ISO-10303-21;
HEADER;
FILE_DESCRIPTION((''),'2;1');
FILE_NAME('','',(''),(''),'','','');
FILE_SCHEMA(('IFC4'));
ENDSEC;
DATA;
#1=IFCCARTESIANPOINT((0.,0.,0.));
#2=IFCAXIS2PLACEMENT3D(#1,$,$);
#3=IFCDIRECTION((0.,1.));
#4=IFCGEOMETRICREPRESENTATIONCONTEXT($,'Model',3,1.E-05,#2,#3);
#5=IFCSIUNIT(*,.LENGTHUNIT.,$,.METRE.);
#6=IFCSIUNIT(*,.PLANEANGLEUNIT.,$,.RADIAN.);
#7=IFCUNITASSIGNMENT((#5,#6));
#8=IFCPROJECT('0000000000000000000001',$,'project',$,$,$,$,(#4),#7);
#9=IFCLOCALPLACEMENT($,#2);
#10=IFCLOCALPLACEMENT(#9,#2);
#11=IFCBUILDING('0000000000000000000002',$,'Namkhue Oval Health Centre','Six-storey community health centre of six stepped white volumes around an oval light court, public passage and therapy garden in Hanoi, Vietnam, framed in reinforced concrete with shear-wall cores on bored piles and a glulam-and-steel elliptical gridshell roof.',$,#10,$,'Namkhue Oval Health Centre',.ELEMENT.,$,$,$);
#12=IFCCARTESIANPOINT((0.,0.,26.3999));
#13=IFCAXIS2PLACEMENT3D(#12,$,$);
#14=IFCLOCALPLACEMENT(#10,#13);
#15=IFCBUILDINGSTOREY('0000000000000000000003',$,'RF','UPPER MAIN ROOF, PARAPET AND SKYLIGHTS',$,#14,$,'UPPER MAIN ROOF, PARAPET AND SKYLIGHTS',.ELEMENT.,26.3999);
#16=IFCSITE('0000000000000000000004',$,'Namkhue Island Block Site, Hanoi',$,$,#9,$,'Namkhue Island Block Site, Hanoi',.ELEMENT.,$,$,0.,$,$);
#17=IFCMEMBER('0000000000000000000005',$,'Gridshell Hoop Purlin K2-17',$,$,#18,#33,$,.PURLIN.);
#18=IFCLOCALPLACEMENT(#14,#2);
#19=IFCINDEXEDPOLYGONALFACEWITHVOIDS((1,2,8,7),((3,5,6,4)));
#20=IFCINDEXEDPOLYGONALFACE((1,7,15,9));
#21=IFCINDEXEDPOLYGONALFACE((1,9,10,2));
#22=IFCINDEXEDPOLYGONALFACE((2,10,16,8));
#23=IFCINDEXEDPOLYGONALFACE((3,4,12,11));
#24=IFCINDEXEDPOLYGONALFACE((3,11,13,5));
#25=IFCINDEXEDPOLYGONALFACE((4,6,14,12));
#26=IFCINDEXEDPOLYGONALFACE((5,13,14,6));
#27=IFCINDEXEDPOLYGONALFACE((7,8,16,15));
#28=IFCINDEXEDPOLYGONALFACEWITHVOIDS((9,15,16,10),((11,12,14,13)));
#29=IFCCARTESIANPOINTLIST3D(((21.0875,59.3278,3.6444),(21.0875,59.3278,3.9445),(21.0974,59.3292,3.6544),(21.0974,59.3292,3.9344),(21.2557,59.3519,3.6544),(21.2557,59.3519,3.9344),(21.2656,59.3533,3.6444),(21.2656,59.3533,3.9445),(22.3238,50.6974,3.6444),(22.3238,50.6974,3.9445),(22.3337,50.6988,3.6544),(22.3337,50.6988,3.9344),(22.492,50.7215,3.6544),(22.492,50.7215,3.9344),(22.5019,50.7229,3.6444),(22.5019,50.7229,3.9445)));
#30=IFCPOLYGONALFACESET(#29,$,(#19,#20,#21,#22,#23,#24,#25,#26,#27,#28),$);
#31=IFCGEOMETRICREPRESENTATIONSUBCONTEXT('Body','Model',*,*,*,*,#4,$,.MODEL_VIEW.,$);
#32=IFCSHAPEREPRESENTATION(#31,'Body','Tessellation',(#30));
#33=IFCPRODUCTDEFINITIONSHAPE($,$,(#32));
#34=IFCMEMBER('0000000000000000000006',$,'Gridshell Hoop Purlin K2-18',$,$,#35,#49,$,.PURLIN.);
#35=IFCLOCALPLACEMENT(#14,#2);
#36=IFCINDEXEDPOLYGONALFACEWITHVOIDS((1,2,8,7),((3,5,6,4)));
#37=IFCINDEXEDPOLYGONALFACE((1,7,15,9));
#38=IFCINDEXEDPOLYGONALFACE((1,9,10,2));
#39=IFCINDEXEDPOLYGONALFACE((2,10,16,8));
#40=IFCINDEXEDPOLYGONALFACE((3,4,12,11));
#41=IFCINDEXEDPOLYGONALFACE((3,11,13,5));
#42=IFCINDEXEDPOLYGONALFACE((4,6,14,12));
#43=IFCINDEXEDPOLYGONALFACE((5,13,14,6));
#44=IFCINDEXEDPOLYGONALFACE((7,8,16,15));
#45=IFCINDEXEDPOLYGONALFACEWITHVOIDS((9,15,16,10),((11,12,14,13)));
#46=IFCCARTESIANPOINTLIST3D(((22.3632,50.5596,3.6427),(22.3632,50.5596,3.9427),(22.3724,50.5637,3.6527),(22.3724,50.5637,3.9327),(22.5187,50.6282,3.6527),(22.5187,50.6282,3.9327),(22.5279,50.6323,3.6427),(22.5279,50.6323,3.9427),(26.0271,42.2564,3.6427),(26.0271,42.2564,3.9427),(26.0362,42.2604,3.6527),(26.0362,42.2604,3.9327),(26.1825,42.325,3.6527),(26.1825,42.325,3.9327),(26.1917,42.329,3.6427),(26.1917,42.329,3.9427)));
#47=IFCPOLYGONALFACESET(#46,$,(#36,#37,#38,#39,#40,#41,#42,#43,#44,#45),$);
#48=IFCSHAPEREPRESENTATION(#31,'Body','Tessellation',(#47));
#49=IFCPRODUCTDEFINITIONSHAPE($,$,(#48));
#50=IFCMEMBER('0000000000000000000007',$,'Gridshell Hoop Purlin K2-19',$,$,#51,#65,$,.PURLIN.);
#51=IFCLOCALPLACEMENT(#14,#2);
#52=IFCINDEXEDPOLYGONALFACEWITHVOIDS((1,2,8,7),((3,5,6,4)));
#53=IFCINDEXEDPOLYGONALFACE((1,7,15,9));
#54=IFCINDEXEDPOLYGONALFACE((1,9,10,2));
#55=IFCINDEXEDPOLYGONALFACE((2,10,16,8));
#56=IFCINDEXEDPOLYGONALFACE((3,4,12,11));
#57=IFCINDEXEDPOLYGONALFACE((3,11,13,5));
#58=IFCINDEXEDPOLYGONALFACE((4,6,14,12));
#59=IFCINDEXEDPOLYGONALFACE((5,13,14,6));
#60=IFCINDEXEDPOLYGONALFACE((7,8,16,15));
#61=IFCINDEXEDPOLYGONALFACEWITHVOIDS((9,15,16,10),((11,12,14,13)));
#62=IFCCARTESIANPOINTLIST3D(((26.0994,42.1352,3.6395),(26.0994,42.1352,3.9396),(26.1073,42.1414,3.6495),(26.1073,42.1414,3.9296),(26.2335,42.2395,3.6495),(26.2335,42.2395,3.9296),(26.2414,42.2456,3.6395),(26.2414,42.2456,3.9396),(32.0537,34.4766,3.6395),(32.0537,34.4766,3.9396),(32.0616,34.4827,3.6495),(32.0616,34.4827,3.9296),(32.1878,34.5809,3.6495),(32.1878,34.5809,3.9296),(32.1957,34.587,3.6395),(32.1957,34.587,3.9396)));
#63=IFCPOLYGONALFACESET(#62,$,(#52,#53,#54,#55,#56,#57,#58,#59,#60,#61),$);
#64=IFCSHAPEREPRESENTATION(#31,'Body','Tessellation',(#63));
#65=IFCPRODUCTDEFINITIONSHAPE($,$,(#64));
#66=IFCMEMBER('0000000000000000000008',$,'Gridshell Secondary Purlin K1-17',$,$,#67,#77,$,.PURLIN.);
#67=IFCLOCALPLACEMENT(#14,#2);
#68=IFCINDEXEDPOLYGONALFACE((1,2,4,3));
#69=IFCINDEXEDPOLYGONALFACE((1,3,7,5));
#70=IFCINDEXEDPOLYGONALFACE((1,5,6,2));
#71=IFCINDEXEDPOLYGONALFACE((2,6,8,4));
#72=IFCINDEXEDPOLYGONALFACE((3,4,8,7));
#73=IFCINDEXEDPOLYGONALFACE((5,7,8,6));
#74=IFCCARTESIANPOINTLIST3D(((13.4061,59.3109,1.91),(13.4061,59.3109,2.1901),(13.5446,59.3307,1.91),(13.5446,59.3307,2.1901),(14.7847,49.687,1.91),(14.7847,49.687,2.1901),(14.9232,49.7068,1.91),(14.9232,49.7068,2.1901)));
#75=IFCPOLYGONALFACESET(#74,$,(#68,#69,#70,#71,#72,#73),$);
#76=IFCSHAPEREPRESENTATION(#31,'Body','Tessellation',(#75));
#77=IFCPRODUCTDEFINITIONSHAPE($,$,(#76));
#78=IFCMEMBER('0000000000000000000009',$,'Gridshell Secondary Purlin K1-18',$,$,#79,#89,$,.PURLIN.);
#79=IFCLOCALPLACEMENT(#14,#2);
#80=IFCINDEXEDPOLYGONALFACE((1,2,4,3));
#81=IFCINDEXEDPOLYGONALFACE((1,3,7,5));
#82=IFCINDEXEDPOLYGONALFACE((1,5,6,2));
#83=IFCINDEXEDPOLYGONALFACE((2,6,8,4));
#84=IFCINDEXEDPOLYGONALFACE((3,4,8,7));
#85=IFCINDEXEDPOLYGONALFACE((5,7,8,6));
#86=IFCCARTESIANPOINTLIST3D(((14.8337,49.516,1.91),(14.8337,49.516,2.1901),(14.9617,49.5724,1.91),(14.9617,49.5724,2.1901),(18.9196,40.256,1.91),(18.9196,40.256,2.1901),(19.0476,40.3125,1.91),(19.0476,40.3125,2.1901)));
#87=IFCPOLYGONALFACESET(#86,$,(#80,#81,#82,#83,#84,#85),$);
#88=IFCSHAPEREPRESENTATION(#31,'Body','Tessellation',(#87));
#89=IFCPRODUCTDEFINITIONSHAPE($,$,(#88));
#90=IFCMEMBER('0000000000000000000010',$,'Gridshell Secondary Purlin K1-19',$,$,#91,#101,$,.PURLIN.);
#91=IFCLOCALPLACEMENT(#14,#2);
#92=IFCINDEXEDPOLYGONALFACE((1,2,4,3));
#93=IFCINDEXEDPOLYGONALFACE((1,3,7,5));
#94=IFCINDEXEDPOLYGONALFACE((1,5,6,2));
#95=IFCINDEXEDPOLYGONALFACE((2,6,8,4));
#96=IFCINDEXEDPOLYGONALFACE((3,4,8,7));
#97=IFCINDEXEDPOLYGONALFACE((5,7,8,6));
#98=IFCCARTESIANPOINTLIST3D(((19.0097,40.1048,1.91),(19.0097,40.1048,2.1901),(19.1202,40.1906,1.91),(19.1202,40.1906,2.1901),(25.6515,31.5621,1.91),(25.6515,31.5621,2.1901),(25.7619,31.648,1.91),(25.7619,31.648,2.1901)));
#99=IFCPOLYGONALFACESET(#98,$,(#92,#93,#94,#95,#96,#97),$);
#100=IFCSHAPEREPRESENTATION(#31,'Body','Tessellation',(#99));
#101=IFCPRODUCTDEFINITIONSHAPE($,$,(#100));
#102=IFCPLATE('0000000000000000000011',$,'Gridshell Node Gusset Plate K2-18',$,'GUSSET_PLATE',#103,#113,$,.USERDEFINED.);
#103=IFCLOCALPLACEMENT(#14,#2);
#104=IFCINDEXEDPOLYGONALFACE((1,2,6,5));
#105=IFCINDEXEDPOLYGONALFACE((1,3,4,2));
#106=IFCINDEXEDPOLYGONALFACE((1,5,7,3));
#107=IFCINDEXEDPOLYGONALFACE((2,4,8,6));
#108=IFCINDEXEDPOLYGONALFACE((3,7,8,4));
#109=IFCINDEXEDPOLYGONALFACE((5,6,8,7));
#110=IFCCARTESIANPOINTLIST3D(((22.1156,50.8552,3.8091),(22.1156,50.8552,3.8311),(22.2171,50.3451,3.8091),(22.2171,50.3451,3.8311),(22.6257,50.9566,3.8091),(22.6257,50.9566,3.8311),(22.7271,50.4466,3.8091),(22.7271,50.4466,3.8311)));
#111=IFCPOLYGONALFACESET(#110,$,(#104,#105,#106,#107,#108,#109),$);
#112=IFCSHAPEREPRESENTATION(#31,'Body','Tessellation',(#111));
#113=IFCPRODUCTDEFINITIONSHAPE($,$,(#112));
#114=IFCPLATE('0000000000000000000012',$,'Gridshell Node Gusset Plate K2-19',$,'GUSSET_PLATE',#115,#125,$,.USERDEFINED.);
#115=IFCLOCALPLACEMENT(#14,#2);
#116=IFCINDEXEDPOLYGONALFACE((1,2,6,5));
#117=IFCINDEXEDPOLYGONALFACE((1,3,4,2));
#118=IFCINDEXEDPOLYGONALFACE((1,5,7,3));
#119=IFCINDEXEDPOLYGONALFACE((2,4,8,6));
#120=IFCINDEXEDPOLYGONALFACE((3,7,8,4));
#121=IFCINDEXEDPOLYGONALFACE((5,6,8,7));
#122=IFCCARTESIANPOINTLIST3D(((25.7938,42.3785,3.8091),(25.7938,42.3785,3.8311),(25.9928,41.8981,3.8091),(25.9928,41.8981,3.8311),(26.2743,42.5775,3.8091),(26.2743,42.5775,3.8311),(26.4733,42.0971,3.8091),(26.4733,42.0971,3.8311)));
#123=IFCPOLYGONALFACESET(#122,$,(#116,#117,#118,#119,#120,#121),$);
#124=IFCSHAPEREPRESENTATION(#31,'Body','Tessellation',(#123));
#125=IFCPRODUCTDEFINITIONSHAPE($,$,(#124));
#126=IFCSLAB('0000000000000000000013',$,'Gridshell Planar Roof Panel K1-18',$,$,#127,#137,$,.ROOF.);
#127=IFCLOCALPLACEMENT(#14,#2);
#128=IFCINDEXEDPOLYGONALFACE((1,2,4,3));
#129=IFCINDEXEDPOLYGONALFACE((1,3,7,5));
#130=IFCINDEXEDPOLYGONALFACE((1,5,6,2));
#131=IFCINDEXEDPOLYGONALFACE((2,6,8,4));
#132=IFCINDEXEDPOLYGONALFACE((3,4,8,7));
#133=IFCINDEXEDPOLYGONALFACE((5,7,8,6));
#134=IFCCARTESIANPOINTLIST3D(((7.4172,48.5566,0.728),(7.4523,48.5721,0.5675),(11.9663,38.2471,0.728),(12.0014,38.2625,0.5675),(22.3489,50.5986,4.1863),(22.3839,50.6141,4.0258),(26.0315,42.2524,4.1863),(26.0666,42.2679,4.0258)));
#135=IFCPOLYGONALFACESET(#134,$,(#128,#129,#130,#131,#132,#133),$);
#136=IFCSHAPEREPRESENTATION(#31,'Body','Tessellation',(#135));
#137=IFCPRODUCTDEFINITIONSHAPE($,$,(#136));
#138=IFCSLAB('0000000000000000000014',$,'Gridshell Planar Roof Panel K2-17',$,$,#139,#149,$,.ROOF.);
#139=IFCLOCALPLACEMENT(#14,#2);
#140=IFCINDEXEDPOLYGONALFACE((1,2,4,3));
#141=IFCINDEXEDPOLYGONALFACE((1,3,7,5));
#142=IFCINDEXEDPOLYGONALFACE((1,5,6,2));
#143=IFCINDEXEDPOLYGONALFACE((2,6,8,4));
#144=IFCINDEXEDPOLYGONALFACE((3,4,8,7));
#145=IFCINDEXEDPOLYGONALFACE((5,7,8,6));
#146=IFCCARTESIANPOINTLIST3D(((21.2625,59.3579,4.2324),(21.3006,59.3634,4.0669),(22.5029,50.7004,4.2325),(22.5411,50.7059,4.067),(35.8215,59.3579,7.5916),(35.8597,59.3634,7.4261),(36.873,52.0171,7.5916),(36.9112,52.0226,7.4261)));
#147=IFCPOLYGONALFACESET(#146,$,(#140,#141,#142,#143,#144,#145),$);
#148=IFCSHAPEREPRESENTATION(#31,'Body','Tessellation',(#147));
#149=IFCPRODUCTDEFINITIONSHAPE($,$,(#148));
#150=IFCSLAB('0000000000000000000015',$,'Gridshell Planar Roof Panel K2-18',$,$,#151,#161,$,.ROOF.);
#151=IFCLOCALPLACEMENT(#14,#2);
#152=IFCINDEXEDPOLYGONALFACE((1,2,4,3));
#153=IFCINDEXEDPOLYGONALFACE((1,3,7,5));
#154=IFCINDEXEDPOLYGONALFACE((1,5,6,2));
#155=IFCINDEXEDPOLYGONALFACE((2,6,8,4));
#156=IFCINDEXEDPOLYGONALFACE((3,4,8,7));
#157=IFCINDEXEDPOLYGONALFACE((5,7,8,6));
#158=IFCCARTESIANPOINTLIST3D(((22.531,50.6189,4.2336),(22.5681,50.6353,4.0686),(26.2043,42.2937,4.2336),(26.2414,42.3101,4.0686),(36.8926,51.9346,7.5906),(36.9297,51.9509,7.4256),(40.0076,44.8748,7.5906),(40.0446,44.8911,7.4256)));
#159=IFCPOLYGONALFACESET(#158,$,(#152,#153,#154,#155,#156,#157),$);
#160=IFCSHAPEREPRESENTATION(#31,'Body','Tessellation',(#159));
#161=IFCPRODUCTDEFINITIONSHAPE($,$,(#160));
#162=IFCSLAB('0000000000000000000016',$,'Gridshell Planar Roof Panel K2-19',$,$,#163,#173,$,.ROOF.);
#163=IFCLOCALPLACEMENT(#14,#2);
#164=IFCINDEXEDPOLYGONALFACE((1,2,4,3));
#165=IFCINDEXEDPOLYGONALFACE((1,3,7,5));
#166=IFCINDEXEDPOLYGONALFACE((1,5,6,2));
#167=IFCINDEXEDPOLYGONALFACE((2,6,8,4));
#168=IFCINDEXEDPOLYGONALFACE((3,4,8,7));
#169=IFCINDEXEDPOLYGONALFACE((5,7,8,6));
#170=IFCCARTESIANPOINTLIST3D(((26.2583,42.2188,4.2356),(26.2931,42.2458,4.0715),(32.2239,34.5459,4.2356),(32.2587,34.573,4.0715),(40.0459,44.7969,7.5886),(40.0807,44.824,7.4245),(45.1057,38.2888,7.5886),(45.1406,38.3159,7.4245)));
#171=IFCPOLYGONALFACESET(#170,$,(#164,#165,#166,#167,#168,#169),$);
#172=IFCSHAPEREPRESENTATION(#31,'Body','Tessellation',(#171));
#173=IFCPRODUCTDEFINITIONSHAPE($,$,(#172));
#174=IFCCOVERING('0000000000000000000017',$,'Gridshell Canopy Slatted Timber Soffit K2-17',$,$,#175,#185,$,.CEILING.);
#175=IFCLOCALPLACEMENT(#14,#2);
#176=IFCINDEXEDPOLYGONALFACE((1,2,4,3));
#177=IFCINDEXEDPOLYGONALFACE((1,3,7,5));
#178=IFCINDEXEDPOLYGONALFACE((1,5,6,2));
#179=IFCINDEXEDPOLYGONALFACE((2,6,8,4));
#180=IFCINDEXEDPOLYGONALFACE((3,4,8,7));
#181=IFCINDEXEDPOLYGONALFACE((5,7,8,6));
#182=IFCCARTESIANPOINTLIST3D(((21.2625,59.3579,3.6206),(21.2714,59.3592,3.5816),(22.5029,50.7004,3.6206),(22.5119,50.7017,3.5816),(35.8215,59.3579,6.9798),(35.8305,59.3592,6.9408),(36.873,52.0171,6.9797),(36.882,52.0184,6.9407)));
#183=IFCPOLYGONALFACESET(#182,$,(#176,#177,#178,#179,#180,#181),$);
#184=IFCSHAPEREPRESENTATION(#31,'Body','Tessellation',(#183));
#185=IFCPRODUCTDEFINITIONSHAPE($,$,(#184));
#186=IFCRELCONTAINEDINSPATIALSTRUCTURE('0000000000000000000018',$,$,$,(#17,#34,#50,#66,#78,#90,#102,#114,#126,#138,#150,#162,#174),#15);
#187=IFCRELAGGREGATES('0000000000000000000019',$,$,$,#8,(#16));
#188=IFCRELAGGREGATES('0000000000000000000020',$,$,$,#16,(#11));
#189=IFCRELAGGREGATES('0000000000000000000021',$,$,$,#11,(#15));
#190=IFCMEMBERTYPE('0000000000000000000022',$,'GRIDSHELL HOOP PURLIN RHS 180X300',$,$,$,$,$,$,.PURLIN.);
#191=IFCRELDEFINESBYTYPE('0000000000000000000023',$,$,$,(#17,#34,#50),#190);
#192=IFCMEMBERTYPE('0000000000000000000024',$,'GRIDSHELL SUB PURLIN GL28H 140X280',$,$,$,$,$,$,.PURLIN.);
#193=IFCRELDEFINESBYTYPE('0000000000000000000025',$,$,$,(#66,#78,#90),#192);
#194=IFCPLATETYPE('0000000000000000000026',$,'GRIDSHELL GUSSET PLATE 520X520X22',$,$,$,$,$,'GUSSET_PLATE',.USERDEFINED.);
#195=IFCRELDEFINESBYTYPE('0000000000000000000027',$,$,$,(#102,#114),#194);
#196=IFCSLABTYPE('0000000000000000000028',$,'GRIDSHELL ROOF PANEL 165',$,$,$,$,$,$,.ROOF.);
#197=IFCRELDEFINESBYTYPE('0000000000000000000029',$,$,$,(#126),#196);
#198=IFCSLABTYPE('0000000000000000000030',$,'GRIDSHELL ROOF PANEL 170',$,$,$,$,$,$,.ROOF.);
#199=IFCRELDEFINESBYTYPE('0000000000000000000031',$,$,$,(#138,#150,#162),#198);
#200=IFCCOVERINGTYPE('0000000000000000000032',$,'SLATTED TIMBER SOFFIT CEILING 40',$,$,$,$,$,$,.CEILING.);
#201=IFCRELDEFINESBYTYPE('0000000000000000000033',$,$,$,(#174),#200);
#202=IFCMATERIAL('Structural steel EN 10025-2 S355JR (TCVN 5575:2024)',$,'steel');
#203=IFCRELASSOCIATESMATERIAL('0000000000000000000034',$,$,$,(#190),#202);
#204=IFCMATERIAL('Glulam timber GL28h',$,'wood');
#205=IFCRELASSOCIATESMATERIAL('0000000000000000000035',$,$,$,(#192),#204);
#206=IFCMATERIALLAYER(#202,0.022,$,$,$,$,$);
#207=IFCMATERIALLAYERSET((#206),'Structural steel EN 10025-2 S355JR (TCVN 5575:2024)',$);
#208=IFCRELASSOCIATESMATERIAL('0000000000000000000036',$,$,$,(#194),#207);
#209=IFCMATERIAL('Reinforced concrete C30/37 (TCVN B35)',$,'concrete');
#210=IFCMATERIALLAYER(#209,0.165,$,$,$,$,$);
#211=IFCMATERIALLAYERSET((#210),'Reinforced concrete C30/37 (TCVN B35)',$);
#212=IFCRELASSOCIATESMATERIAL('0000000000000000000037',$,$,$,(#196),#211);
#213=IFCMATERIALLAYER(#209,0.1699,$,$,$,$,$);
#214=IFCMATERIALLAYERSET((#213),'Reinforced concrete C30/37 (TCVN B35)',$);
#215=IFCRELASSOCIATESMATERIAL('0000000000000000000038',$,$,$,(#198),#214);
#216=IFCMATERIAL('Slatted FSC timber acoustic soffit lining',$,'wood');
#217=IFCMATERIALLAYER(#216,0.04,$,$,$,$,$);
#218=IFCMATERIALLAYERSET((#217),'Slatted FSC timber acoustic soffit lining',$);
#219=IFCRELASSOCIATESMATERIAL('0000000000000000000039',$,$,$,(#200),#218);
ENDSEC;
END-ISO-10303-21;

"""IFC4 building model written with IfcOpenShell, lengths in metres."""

from ifc_helpers import new_model, si_unit, direction, frame, origin, origin_2d, place, context, subcontext, project, spatial, polyline, rectangle, hollow_rectangle, outline, extrude, material, layer, layer_set, material_profile, profile_set, type_object, element, save


model = new_model("IFC4")

# Units and contexts
model_context = context("Model", 3, precision=1e-05, world=origin(), true_north=direction((0.0, 1.0)))
body_context = subcontext(model_context, "Body", "Model", "MODEL_VIEW")
ifc_project = project(units=[si_unit("LENGTHUNIT", "METRE"), si_unit("PLANEANGLEUNIT", "RADIAN")], contexts=[model_context])

# Site, building, storey
site_placement = place(None, origin())
site = spatial("IfcSite", under=ifc_project, at=site_placement, Name="Namkhue Island Block Site, Hanoi", LongName="Namkhue Island Block Site, Hanoi", CompositionType="ELEMENT", RefElevation=0.0)
building_placement = place(site_placement, origin())
building = spatial("IfcBuilding", under=site, at=building_placement, Name="Namkhue Oval Health Centre", Description="Six-storey community health centre of six stepped white volumes around an oval light court, public passage and therapy garden in Hanoi, Vietnam, framed in reinforced concrete with shear-wall cores on bored piles and a glulam-and-steel elliptical gridshell roof.", LongName="Namkhue Oval Health Centre", CompositionType="ELEMENT")
storey_placement = place(building_placement, frame((0.0, 0.0, 26.3999)))
storey = spatial("IfcBuildingStorey", under=building, at=storey_placement, Name="RF", Description="UPPER MAIN ROOF, PARAPET AND SKYLIGHTS", LongName="UPPER MAIN ROOF, PARAPET AND SKYLIGHTS", CompositionType="ELEMENT", Elevation=26.3999)

# Members
ifc_material_1 = material(Name="Structural steel EN 10025-2 S355JR (TCVN 5575:2024)", Category="steel")
ifc_material_2 = material(Name="Glulam timber GL28h", Category="wood")
ifc_material_profile_1 = material_profile(ifc_material_1, hollow_rectangle(XDim=0.1799, YDim=0.3, WallThickness=0.01, at=origin_2d()), Name="RHS 180x300x10")
ifc_profile_set_1 = profile_set([ifc_material_profile_1], Name="Structural steel EN 10025-2 S355JR (TCVN 5575:2024)")
member_type_1 = type_object("IfcMemberType", Name="GRIDSHELL HOOP PURLIN RHS 180X300", PredefinedType="PURLIN", material=ifc_profile_set_1)
member_1_placement = place(storey_placement, frame((21.1765, 59.3406, 3.7944), z_axis=(0.141806, -0.989895, 0.0), x_axis=(0.989895, 0.141806, 0.0)))
element("IfcMember", 1, at=member_1_placement, inside=storey, type_object=member_type_1, Name="Gridshell Hoop Purlin K2-17", PredefinedType="PURLIN", context=body_context, shape_type="SweptSolid", body=[
    extrude(hollow_rectangle(XDim=0.1799, YDim=0.3, WallThickness=0.01, at=origin_2d()), origin(), (0.0, 0.0, 1.0), 8.7185),
])
member_2_placement = place(storey_placement, frame((22.4456, 50.5959, 3.7927), z_axis=(0.403698, -0.914892, 0.0), x_axis=(0.914892, 0.403698, 0.0)))
element("IfcMember", 2, at=member_2_placement, inside=storey, type_object=member_type_1, Name="Gridshell Hoop Purlin K2-18", PredefinedType="PURLIN", context=body_context, shape_type="SweptSolid", body=[
    extrude(hollow_rectangle(XDim=0.1799, YDim=0.3, WallThickness=0.01, at=origin_2d()), origin(), (0.0, 0.0, 1.0), 9.0757),
])
member_3_placement = place(storey_placement, frame((26.1704, 42.1904, 3.7896), z_axis=(0.613786, -0.789473, 0.0), x_axis=(0.789473, 0.613786, 0.0)))
element("IfcMember", 3, at=member_3_placement, inside=storey, type_object=member_type_1, Name="Gridshell Hoop Purlin K2-19", PredefinedType="PURLIN", context=body_context, shape_type="SweptSolid", body=[
    extrude(hollow_rectangle(XDim=0.1799, YDim=0.3, WallThickness=0.01, at=origin_2d()), origin(), (0.0, 0.0, 1.0), 9.7009),
])
ifc_material_profile_2 = material_profile(ifc_material_2, rectangle(XDim=0.1399, YDim=0.28, at=origin_2d()), Name="GL28h 140x280")
ifc_profile_set_2 = profile_set([ifc_material_profile_2], Name="Glulam timber GL28h")
member_type_2 = type_object("IfcMemberType", Name="GRIDSHELL SUB PURLIN GL28H 140X280", PredefinedType="PURLIN", material=ifc_profile_set_2)
member_4_placement = place(storey_placement, frame((13.4753, 59.3208, 2.05), z_axis=(0.141805, -0.989895, 0.0), x_axis=(0.989895, 0.141805, 0.0)))
element("IfcMember", 4, at=member_4_placement, inside=storey, type_object=member_type_2, Name="Gridshell Secondary Purlin K1-17", PredefinedType="PURLIN", context=body_context, shape_type="SweptSolid", body=[
    extrude(rectangle(XDim=0.1399, YDim=0.28, at=origin_2d()), origin(), (0.0, 0.0, 1.0), 9.7222),
])
member_5_placement = place(storey_placement, frame((14.8977, 49.5442, 2.05), z_axis=(0.403693, -0.914894, 0.0), x_axis=(0.914894, 0.403693, 0.0)))
element("IfcMember", 5, at=member_5_placement, inside=storey, type_object=member_type_2, Name="Gridshell Secondary Purlin K1-18", PredefinedType="PURLIN", context=body_context, shape_type="SweptSolid", body=[
    extrude(rectangle(XDim=0.1399, YDim=0.28, at=origin_2d()), origin(), (0.0, 0.0, 1.0), 10.1213),
])
member_6_placement = place(storey_placement, frame((19.0649, 40.1477, 2.05), z_axis=(0.613797, -0.789464, 0.0), x_axis=(0.789464, 0.613797, 0.0)))
element("IfcMember", 6, at=member_6_placement, inside=storey, type_object=member_type_2, Name="Gridshell Secondary Purlin K1-19", PredefinedType="PURLIN", context=body_context, shape_type="SweptSolid", body=[
    extrude(rectangle(XDim=0.1399, YDim=0.28, at=origin_2d()), origin(), (0.0, 0.0, 1.0), 10.8208),
])

# Plates
ifc_layer_1 = layer(ifc_material_1, 0.022)
ifc_layer_set_1 = layer_set([ifc_layer_1], Name="Structural steel EN 10025-2 S355JR (TCVN 5575:2024)")
plate_type = type_object("IfcPlateType", Name="GRIDSHELL GUSSET PLATE 520X520X22", ElementType="GUSSET_PLATE", PredefinedType="USERDEFINED", material=ifc_layer_set_1)
for number, where, z_axis, x_axis, name in (
    (7, (22.4214, 50.6509, 3.8091), (0.0, 0.0, 1.0), (-0.980785, -0.19509, 0.0), "Gridshell Node Gusset Plate K2-18"),
    (8, (26.1335, 42.2378, 3.8091), (0.0, 0.0, 1.0), (-0.92388, -0.382683, 0.0), "Gridshell Node Gusset Plate K2-19"),
):
    element("IfcPlate", number, at=place(storey_placement, frame(where, z_axis=z_axis, x_axis=x_axis)), inside=storey, type_object=plate_type, Name=name, ObjectType="GUSSET_PLATE", PredefinedType="USERDEFINED", context=body_context, shape_type="SweptSolid", body=[
        extrude(rectangle(XDim=0.52, YDim=0.52, at=origin_2d()), origin(), (0.0, 0.0, 1.0), 0.022),
    ])

# Slabs
ifc_material_3 = material(Name="Reinforced concrete C30/37 (TCVN B35)", Category="concrete")
ifc_layer_2 = layer(ifc_material_3, 0.165)
ifc_layer_set_2 = layer_set([ifc_layer_2], Name="Reinforced concrete C30/37 (TCVN B35)")
slab_type_1 = type_object("IfcSlabType", Name="GRIDSHELL ROOF PANEL 165", PredefinedType="ROOF", material=ifc_layer_set_2)
slab_1_placement = place(storey_placement, frame((7.4172, 48.5566, 0.728), z_axis=(-0.212455, -0.093744, 0.972664), x_axis=(0.403694, -0.914894, 0.000001)))
element("IfcSlab", 9, at=slab_1_placement, inside=storey, type_object=slab_type_1, Name="Gridshell Planar Roof Panel K1-18", PredefinedType="ROOF", context=body_context, shape_type="SweptSolid", body=[
    extrude(outline(polyline([(0.0, 0.0), (11.2686, 0.0), (13.2821, 14.8922), (4.1596, 14.8923), (0.0, 0.0)])), origin(), (0.0, 0.0, -1.0), 0.165),
])
ifc_layer_3 = layer(ifc_material_3, 0.1699)
ifc_layer_set_3 = layer_set([ifc_layer_3], Name="Reinforced concrete C30/37 (TCVN B35)")
slab_type_2 = type_object("IfcSlabType", Name="GRIDSHELL ROOF PANEL 170", PredefinedType="ROOF", material=ifc_layer_set_3)
slab_2_placement = place(storey_placement, frame((21.2625, 59.3579, 4.2324), z_axis=(-0.224704, -0.032192, 0.973895), x_axis=(0.141835, -0.98989, 0.000004)))
element("IfcSlab", 10, at=slab_2_placement, inside=storey, type_object=slab_type_2, Name="Gridshell Planar Roof Panel K2-17", PredefinedType="ROOF", context=body_context, shape_type="SweptSolid", body=[
    extrude(outline(polyline([(0.0, 0.0), (8.7459, 0.0), (9.4807, 14.7979), (2.065, 14.7982), (0.0, 0.0)])), origin(), (0.0, 0.0, -1.0), 0.1699),
])
slab_3_placement = place(storey_placement, frame((22.531, 50.6189, 4.2336), z_axis=(-0.218181, -0.096268, 0.971148), x_axis=(0.403682, -0.914899, 0.0)))
element("IfcSlab", 11, at=slab_3_placement, inside=storey, type_object=slab_type_2, Name="Gridshell Planar Roof Panel K2-18", PredefinedType="ROOF", context=body_context, shape_type="SweptSolid", body=[
    extrude(outline(polyline([(0.0, 0.0), (9.0996, 0.0), (12.3103, 14.0766), (4.5938, 14.0766), (0.0, 0.0)])), origin(), (0.0, 0.0, -1.0), 0.1699),
])
slab_4_placement = place(storey_placement, frame((26.2583, 42.2188, 4.2356), z_axis=(-0.205039, -0.159414, 0.965684), x_axis=(0.613799, -0.789462, 0.000002)))
element("IfcSlab", 12, at=slab_4_placement, inside=storey, type_object=slab_type_2, Name="Gridshell Planar Roof Panel K2-19", PredefinedType="ROOF", context=body_context, shape_type="SweptSolid", body=[
    extrude(outline(polyline([(0.0, 0.0), (9.7191, 0.0), (14.6711, 12.9101), (6.4275, 12.9103), (0.0, 0.0)])), origin(), (0.0, 0.0, -1.0), 0.1699),
])

# Covering
ifc_material_4 = material(Name="Slatted FSC timber acoustic soffit lining", Category="wood")
ifc_layer_4 = layer(ifc_material_4, 0.04)
ifc_layer_set_4 = layer_set([ifc_layer_4], Name="Slatted FSC timber acoustic soffit lining")
covering_type_1 = type_object("IfcCoveringType", Name="SLATTED TIMBER SOFFIT CEILING 40", PredefinedType="CEILING", material=ifc_layer_set_4)
covering_1_placement = place(storey_placement, frame((21.2625, 59.3579, 3.6206), z_axis=(-0.224704, -0.032192, 0.973895), x_axis=(0.141835, -0.98989, 0.000004)))
element("IfcCovering", 13, at=covering_1_placement, inside=storey, type_object=covering_type_1, Name="Gridshell Canopy Slatted Timber Soffit K2-17", PredefinedType="CEILING", context=body_context, shape_type="SweptSolid", body=[
    extrude(outline(polyline([(0.0, 0.0), (8.7459, 0.0), (9.4807, 14.7979), (2.065, 14.7982), (0.0, 0.0)])), origin(), (0.0, 0.0, -1.0), 0.04),
])

save(model, "model.ifc")
